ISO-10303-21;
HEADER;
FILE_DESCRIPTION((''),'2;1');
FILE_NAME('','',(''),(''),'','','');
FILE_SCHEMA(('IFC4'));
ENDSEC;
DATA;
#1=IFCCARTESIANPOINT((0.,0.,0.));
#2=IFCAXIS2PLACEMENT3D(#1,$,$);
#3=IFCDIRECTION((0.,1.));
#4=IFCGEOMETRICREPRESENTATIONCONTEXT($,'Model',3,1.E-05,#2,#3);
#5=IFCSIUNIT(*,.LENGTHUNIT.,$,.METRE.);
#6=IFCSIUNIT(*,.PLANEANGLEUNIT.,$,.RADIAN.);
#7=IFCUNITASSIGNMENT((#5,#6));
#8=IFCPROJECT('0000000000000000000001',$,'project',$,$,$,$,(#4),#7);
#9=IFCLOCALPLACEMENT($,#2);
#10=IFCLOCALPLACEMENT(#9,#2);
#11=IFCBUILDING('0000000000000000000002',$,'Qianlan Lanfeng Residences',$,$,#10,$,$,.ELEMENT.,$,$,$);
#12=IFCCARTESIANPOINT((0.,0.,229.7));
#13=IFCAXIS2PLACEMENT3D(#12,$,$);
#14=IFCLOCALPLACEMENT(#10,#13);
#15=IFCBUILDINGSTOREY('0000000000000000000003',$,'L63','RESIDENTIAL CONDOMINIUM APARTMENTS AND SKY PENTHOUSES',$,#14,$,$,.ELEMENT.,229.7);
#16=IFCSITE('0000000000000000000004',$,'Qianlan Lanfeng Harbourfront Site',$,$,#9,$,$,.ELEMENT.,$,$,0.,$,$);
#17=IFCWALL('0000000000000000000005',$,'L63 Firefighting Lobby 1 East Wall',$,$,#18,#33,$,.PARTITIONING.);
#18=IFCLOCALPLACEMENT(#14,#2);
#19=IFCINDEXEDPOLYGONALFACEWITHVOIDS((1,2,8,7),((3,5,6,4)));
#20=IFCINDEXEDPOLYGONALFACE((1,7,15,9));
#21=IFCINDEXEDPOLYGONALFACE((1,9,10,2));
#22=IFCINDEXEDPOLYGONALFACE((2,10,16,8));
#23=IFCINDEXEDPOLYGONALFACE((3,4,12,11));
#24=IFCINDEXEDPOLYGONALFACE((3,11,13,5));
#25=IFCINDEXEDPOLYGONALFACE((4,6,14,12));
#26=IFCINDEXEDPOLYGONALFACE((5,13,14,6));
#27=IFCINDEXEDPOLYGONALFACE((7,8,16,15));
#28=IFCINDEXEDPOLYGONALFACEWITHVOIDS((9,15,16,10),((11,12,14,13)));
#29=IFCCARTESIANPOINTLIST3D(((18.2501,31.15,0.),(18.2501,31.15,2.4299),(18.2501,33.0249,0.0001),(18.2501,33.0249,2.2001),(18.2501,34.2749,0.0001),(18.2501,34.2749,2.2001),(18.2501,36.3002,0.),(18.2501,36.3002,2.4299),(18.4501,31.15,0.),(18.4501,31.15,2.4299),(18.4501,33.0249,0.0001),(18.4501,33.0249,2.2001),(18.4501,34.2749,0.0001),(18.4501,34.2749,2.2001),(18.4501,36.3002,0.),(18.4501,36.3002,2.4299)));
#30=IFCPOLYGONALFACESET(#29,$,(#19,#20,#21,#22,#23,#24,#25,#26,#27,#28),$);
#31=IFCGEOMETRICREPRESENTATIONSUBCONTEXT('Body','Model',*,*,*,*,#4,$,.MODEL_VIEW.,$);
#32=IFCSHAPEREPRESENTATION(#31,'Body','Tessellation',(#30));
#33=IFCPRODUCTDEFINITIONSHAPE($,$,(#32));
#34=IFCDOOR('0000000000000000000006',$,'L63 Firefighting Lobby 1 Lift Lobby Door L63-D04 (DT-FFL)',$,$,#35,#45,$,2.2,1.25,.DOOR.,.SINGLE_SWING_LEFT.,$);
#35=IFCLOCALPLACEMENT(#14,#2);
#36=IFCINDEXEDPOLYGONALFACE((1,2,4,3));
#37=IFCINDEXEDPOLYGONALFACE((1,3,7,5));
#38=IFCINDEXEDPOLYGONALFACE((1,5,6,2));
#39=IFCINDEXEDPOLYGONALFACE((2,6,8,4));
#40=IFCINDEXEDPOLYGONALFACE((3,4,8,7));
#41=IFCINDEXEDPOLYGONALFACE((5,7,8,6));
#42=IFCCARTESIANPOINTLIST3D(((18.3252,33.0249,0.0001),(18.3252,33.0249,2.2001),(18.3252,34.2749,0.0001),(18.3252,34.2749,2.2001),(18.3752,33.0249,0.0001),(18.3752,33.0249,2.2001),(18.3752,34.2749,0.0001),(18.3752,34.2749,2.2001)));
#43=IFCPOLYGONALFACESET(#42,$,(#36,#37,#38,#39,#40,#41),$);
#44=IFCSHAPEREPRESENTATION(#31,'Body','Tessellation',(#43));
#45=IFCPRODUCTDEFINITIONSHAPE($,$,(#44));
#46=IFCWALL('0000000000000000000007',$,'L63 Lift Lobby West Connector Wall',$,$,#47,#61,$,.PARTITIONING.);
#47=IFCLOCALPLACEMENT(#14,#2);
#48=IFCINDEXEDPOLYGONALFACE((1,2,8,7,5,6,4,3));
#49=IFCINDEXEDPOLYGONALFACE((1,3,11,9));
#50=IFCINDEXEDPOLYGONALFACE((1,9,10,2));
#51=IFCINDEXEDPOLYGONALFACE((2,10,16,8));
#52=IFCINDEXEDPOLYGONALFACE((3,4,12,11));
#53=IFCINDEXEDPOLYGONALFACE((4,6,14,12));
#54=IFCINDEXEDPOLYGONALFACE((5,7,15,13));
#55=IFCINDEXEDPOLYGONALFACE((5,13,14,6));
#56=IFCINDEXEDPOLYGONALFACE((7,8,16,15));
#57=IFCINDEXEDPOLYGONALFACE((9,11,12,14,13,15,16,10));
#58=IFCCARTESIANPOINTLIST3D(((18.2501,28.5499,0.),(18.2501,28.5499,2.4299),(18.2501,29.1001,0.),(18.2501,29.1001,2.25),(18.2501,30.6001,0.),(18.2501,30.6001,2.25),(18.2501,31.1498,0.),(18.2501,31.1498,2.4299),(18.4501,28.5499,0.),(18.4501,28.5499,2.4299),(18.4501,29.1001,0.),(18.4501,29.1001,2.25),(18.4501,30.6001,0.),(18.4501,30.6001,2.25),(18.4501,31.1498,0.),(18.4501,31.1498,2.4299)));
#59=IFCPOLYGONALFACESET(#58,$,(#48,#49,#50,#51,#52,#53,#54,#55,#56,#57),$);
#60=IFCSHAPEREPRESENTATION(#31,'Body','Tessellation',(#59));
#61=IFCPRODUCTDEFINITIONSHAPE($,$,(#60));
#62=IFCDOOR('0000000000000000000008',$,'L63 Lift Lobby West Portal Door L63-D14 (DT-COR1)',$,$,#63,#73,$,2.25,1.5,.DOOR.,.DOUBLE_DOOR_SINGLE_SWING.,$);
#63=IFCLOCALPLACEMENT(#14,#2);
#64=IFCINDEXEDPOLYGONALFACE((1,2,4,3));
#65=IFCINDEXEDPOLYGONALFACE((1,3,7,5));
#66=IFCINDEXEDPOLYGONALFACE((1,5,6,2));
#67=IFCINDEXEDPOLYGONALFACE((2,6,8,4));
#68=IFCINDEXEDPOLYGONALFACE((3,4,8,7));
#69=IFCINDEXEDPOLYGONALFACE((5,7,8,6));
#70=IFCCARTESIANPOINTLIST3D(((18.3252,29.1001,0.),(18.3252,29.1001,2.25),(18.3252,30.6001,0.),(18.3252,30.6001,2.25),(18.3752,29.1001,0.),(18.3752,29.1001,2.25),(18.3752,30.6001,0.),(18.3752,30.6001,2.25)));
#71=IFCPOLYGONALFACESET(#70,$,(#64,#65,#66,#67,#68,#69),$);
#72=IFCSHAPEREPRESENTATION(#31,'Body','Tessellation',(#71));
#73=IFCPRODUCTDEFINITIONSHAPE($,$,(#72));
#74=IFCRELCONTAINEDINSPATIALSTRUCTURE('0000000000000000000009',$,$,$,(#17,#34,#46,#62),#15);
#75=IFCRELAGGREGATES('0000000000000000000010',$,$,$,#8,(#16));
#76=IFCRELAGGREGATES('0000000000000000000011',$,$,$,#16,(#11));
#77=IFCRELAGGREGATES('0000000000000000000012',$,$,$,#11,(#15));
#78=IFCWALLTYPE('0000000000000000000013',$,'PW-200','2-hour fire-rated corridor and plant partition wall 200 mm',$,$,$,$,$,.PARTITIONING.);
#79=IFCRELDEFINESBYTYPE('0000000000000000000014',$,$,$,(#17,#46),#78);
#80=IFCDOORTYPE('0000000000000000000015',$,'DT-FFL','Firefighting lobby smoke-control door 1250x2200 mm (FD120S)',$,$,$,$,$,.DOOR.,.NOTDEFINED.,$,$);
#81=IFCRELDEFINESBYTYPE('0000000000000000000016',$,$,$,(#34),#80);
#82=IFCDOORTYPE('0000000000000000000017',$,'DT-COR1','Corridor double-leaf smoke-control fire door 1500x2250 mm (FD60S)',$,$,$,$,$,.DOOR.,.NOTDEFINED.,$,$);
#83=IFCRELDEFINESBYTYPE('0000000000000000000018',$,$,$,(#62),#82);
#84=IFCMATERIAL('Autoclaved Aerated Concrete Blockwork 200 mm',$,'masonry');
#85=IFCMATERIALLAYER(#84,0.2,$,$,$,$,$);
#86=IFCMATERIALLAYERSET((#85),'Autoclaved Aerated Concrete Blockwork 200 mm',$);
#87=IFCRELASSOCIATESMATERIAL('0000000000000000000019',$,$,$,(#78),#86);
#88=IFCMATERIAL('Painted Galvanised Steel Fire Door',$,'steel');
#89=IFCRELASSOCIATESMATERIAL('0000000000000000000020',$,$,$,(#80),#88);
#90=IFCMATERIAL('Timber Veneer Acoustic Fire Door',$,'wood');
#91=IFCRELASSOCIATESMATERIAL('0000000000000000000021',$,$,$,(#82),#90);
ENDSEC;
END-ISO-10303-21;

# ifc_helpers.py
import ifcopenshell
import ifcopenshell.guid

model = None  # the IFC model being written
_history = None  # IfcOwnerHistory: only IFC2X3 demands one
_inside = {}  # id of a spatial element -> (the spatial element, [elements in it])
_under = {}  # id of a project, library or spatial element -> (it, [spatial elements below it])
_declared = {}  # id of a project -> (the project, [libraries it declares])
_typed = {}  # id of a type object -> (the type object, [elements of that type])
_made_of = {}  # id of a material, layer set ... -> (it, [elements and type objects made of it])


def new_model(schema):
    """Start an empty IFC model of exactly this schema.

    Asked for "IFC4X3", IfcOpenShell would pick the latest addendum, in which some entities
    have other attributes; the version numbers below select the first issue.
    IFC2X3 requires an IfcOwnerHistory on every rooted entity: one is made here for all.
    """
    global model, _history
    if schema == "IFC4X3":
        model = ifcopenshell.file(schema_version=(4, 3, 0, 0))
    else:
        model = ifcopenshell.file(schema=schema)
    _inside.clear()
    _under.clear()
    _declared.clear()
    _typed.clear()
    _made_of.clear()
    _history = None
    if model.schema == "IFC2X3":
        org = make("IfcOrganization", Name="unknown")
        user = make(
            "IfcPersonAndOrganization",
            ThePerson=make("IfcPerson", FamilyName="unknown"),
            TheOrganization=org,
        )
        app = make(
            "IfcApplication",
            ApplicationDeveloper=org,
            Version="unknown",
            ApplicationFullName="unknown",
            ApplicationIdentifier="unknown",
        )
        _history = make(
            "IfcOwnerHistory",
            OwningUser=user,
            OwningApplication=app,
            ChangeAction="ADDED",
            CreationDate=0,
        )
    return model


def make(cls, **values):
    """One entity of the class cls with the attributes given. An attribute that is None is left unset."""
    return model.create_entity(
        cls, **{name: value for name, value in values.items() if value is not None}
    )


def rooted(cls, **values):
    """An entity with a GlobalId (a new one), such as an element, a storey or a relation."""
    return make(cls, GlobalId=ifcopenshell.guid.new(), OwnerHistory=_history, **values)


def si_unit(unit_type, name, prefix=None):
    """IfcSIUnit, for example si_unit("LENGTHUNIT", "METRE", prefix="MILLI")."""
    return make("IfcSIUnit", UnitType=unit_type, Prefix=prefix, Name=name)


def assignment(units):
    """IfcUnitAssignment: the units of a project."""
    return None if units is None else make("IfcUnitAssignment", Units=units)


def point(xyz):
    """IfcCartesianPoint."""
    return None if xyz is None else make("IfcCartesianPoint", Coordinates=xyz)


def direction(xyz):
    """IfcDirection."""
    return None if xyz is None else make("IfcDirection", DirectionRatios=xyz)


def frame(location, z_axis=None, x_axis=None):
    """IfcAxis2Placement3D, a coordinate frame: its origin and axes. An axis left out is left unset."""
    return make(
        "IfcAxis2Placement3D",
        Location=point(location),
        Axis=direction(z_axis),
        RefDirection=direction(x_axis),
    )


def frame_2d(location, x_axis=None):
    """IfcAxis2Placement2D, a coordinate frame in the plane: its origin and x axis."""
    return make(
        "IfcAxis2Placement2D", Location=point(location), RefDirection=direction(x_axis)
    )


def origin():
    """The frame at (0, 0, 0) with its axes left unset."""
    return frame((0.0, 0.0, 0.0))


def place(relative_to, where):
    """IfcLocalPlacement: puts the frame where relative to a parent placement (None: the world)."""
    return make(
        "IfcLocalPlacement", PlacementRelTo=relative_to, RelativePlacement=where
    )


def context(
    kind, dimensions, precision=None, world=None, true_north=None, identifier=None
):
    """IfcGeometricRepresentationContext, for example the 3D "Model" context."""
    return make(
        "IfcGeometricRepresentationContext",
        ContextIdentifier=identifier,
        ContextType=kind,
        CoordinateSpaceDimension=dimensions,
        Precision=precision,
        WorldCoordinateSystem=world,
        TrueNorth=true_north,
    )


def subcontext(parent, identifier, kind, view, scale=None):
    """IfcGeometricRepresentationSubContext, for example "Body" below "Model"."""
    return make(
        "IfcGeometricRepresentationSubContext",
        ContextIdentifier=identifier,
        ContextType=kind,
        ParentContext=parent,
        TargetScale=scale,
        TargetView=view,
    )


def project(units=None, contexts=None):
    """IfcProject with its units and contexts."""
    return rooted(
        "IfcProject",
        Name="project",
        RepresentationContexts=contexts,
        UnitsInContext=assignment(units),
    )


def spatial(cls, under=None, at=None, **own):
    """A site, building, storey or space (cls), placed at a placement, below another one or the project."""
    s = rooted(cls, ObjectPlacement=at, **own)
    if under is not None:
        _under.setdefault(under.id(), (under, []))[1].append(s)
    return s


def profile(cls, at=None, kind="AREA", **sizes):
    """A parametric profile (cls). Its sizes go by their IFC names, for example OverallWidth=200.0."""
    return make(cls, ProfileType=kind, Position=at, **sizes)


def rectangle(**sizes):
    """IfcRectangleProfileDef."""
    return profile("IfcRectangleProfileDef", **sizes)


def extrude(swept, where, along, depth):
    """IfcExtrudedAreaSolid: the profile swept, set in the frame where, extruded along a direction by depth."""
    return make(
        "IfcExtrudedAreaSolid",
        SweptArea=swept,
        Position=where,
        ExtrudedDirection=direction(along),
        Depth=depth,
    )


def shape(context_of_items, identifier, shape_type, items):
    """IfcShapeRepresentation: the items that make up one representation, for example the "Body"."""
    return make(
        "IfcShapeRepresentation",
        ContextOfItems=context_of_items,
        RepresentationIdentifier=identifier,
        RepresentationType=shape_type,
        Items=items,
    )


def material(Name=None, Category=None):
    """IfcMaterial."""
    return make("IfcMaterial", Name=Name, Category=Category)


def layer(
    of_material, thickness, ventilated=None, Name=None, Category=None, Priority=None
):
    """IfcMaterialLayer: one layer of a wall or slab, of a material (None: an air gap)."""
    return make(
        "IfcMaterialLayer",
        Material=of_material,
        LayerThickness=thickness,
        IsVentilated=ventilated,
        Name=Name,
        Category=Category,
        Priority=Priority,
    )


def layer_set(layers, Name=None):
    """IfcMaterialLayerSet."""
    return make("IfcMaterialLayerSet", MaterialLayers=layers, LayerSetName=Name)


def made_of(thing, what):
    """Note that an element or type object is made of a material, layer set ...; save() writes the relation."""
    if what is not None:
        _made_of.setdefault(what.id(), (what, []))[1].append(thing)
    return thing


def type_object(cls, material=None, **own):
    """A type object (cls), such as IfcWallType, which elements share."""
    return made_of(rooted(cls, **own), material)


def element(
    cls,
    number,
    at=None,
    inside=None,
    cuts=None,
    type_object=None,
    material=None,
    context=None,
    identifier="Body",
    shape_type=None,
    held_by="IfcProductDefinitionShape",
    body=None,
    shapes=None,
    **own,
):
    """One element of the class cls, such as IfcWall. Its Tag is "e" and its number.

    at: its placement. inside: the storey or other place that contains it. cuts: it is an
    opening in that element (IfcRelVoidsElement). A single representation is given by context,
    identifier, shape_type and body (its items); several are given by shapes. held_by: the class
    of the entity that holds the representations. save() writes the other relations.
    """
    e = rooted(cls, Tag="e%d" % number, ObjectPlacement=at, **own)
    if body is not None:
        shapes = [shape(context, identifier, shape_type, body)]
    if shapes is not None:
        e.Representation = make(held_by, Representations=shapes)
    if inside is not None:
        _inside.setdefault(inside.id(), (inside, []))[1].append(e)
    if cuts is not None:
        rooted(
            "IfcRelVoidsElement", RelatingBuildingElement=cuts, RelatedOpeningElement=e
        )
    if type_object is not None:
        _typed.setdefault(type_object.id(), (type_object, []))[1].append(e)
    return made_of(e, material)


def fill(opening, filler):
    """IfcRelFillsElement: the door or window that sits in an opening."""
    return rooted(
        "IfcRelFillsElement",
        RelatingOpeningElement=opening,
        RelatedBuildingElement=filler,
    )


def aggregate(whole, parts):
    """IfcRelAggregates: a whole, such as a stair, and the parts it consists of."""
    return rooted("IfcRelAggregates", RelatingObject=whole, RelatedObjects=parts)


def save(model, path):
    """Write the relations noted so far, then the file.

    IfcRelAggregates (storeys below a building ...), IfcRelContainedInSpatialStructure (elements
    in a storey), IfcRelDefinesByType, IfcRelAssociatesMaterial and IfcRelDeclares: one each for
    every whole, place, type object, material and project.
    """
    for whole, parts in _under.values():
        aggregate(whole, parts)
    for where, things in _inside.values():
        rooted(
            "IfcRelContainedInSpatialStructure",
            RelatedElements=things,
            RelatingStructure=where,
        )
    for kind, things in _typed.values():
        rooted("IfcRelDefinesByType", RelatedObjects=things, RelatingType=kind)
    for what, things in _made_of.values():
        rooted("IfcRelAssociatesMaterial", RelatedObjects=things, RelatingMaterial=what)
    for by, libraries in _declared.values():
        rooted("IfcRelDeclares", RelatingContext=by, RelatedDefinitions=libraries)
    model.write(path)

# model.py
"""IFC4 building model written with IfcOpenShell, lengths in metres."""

from ifc_helpers import new_model, si_unit, direction, frame, frame_2d, origin, place, context, subcontext, project, spatial, rectangle, extrude, material, layer, layer_set, type_object, element, fill, save


model = new_model("IFC4")

# Units and contexts
model_context = context("Model", 3, precision=1e-05, world=origin(), true_north=direction((0.0, 1.0)))
body_context = subcontext(model_context, "Body", "Model", "MODEL_VIEW")
ifc_project = project(units=[si_unit("LENGTHUNIT", "METRE"), si_unit("PLANEANGLEUNIT", "RADIAN")], contexts=[model_context])

# Site, building, storey
site_placement = place(None, origin())
site = spatial("IfcSite", under=ifc_project, at=site_placement, Name="Qianlan Lanfeng Harbourfront Site", CompositionType="ELEMENT", RefElevation=0.0)
building_placement = place(site_placement, origin())
building = spatial("IfcBuilding", under=site, at=building_placement, Name="Qianlan Lanfeng Residences", CompositionType="ELEMENT")
storey_placement = place(building_placement, frame((0.0, 0.0, 229.7)))
storey = spatial("IfcBuildingStorey", under=building, at=storey_placement, Name="L63", Description="RESIDENTIAL CONDOMINIUM APARTMENTS AND SKY PENTHOUSES", CompositionType="ELEMENT", Elevation=229.7)

# Shared definitions
ifc_material_1 = material(Name="Painted Galvanised Steel Fire Door", Category="steel")

# Walls, openings, doors
ifc_material_2 = material(Name="Autoclaved Aerated Concrete Blockwork 200 mm", Category="masonry")
ifc_layer_1 = layer(ifc_material_2, 0.2)
ifc_layer_set_1 = layer_set([ifc_layer_1], Name="Autoclaved Aerated Concrete Blockwork 200 mm")
wall_type_1 = type_object("IfcWallType", Name="PW-200", Description="2-hour fire-rated corridor and plant partition wall 200 mm", PredefinedType="PARTITIONING", material=ifc_layer_set_1)
door_type_1 = type_object("IfcDoorType", Name="DT-FFL", Description="Firefighting lobby smoke-control door 1250x2200 mm (FD120S)", OperationType="NOTDEFINED", PredefinedType="DOOR", material=ifc_material_1)
wall_1_placement = place(storey_placement, frame((18.3501, 31.1499, 0.0), z_axis=(0.0, 0.0, 1.0), x_axis=(0.0, 1.0, 0.0)))
wall_1 = element("IfcWall", 1, at=wall_1_placement, inside=storey, type_object=wall_type_1, Name="L63 Firefighting Lobby 1 East Wall", PredefinedType="PARTITIONING", context=body_context, shape_type="SweptSolid", body=[
    extrude(rectangle(XDim=5.1501, YDim=0.2, at=frame_2d((2.5752, 0.0))), origin(), (0.0, 0.0, 1.0), 2.4299),
])
opening_1_placement = place(wall_1_placement, frame((1.875, 0.0, 0.0)))
opening_1 = element("IfcOpeningElement", 2, at=opening_1_placement, cuts=wall_1, PredefinedType="OPENING", context=body_context, shape_type="SweptSolid", body=[
    extrude(rectangle(XDim=1.25, YDim=2.2, at=frame_2d((0.625, 1.1001))), frame((0.0, 0.1099, 0.0), z_axis=(0.0, -1.0, 0.0), x_axis=(1.0, 0.0, 0.0)), (0.0, 0.0, 1.0), 0.22),
])
door_1_placement = place(opening_1_placement, origin())
door_1 = element("IfcDoor", 3, at=door_1_placement, inside=storey, type_object=door_type_1, Name="L63 Firefighting Lobby 1 Lift Lobby Door L63-D04 (DT-FFL)", OperationType="SINGLE_SWING_LEFT", OverallHeight=2.2, OverallWidth=1.25, PredefinedType="DOOR", context=body_context, shape_type="SweptSolid", body=[
    extrude(rectangle(XDim=1.25, YDim=2.2, at=frame_2d((0.625, 1.1001))), frame((0.0, 0.0249, 0.0), z_axis=(0.0, -1.0, 0.0), x_axis=(1.0, 0.0, 0.0)), (0.0, 0.0, 1.0), 0.05),
])
fill(opening_1, door_1)
wall_2_placement = place(storey_placement, frame((18.3501, 28.55, 0.0), z_axis=(0.0, 0.0, 1.0), x_axis=(0.0, 1.0, 0.0)))
wall_2 = element("IfcWall", 4, at=wall_2_placement, inside=storey, type_object=wall_type_1, Name="L63 Lift Lobby West Connector Wall", PredefinedType="PARTITIONING", context=body_context, shape_type="SweptSolid", body=[
    extrude(rectangle(XDim=2.5999, YDim=0.2, at=frame_2d((1.2998, 0.0))), origin(), (0.0, 0.0, 1.0), 2.4299),
])
opening_2_placement = place(wall_2_placement, frame((0.55, 0.0, 0.0)))
opening_2 = element("IfcOpeningElement", 5, at=opening_2_placement, cuts=wall_2, PredefinedType="OPENING", context=body_context, shape_type="SweptSolid", body=[
    extrude(rectangle(XDim=1.5, YDim=2.25, at=frame_2d((0.75, 1.125))), frame((0.0, 0.1099, 0.0), z_axis=(0.0, -1.0, 0.0), x_axis=(1.0, 0.0, 0.0)), (0.0, 0.0, 1.0), 0.22),
])
ifc_material_3 = material(Name="Timber Veneer Acoustic Fire Door", Category="wood")
door_type_2 = type_object("IfcDoorType", Name="DT-COR1", Description="Corridor double-leaf smoke-control fire door 1500x2250 mm (FD60S)", OperationType="NOTDEFINED", PredefinedType="DOOR", material=ifc_material_3)
door_2_placement = place(opening_2_placement, origin())
door_2 = element("IfcDoor", 6, at=door_2_placement, inside=storey, type_object=door_type_2, Name="L63 Lift Lobby West Portal Door L63-D14 (DT-COR1)", OperationType="DOUBLE_DOOR_SINGLE_SWING", OverallHeight=2.25, OverallWidth=1.5, PredefinedType="DOOR", context=body_context, shape_type="SweptSolid", body=[
    extrude(rectangle(XDim=1.5, YDim=2.25, at=frame_2d((0.75, 1.125))), frame((0.0, 0.0249, 0.0), z_axis=(0.0, -1.0, 0.0), x_axis=(1.0, 0.0, 0.0)), (0.0, 0.0, 1.0), 0.05),
])
fill(opening_2, door_2)

save(model, "model.ifc")
